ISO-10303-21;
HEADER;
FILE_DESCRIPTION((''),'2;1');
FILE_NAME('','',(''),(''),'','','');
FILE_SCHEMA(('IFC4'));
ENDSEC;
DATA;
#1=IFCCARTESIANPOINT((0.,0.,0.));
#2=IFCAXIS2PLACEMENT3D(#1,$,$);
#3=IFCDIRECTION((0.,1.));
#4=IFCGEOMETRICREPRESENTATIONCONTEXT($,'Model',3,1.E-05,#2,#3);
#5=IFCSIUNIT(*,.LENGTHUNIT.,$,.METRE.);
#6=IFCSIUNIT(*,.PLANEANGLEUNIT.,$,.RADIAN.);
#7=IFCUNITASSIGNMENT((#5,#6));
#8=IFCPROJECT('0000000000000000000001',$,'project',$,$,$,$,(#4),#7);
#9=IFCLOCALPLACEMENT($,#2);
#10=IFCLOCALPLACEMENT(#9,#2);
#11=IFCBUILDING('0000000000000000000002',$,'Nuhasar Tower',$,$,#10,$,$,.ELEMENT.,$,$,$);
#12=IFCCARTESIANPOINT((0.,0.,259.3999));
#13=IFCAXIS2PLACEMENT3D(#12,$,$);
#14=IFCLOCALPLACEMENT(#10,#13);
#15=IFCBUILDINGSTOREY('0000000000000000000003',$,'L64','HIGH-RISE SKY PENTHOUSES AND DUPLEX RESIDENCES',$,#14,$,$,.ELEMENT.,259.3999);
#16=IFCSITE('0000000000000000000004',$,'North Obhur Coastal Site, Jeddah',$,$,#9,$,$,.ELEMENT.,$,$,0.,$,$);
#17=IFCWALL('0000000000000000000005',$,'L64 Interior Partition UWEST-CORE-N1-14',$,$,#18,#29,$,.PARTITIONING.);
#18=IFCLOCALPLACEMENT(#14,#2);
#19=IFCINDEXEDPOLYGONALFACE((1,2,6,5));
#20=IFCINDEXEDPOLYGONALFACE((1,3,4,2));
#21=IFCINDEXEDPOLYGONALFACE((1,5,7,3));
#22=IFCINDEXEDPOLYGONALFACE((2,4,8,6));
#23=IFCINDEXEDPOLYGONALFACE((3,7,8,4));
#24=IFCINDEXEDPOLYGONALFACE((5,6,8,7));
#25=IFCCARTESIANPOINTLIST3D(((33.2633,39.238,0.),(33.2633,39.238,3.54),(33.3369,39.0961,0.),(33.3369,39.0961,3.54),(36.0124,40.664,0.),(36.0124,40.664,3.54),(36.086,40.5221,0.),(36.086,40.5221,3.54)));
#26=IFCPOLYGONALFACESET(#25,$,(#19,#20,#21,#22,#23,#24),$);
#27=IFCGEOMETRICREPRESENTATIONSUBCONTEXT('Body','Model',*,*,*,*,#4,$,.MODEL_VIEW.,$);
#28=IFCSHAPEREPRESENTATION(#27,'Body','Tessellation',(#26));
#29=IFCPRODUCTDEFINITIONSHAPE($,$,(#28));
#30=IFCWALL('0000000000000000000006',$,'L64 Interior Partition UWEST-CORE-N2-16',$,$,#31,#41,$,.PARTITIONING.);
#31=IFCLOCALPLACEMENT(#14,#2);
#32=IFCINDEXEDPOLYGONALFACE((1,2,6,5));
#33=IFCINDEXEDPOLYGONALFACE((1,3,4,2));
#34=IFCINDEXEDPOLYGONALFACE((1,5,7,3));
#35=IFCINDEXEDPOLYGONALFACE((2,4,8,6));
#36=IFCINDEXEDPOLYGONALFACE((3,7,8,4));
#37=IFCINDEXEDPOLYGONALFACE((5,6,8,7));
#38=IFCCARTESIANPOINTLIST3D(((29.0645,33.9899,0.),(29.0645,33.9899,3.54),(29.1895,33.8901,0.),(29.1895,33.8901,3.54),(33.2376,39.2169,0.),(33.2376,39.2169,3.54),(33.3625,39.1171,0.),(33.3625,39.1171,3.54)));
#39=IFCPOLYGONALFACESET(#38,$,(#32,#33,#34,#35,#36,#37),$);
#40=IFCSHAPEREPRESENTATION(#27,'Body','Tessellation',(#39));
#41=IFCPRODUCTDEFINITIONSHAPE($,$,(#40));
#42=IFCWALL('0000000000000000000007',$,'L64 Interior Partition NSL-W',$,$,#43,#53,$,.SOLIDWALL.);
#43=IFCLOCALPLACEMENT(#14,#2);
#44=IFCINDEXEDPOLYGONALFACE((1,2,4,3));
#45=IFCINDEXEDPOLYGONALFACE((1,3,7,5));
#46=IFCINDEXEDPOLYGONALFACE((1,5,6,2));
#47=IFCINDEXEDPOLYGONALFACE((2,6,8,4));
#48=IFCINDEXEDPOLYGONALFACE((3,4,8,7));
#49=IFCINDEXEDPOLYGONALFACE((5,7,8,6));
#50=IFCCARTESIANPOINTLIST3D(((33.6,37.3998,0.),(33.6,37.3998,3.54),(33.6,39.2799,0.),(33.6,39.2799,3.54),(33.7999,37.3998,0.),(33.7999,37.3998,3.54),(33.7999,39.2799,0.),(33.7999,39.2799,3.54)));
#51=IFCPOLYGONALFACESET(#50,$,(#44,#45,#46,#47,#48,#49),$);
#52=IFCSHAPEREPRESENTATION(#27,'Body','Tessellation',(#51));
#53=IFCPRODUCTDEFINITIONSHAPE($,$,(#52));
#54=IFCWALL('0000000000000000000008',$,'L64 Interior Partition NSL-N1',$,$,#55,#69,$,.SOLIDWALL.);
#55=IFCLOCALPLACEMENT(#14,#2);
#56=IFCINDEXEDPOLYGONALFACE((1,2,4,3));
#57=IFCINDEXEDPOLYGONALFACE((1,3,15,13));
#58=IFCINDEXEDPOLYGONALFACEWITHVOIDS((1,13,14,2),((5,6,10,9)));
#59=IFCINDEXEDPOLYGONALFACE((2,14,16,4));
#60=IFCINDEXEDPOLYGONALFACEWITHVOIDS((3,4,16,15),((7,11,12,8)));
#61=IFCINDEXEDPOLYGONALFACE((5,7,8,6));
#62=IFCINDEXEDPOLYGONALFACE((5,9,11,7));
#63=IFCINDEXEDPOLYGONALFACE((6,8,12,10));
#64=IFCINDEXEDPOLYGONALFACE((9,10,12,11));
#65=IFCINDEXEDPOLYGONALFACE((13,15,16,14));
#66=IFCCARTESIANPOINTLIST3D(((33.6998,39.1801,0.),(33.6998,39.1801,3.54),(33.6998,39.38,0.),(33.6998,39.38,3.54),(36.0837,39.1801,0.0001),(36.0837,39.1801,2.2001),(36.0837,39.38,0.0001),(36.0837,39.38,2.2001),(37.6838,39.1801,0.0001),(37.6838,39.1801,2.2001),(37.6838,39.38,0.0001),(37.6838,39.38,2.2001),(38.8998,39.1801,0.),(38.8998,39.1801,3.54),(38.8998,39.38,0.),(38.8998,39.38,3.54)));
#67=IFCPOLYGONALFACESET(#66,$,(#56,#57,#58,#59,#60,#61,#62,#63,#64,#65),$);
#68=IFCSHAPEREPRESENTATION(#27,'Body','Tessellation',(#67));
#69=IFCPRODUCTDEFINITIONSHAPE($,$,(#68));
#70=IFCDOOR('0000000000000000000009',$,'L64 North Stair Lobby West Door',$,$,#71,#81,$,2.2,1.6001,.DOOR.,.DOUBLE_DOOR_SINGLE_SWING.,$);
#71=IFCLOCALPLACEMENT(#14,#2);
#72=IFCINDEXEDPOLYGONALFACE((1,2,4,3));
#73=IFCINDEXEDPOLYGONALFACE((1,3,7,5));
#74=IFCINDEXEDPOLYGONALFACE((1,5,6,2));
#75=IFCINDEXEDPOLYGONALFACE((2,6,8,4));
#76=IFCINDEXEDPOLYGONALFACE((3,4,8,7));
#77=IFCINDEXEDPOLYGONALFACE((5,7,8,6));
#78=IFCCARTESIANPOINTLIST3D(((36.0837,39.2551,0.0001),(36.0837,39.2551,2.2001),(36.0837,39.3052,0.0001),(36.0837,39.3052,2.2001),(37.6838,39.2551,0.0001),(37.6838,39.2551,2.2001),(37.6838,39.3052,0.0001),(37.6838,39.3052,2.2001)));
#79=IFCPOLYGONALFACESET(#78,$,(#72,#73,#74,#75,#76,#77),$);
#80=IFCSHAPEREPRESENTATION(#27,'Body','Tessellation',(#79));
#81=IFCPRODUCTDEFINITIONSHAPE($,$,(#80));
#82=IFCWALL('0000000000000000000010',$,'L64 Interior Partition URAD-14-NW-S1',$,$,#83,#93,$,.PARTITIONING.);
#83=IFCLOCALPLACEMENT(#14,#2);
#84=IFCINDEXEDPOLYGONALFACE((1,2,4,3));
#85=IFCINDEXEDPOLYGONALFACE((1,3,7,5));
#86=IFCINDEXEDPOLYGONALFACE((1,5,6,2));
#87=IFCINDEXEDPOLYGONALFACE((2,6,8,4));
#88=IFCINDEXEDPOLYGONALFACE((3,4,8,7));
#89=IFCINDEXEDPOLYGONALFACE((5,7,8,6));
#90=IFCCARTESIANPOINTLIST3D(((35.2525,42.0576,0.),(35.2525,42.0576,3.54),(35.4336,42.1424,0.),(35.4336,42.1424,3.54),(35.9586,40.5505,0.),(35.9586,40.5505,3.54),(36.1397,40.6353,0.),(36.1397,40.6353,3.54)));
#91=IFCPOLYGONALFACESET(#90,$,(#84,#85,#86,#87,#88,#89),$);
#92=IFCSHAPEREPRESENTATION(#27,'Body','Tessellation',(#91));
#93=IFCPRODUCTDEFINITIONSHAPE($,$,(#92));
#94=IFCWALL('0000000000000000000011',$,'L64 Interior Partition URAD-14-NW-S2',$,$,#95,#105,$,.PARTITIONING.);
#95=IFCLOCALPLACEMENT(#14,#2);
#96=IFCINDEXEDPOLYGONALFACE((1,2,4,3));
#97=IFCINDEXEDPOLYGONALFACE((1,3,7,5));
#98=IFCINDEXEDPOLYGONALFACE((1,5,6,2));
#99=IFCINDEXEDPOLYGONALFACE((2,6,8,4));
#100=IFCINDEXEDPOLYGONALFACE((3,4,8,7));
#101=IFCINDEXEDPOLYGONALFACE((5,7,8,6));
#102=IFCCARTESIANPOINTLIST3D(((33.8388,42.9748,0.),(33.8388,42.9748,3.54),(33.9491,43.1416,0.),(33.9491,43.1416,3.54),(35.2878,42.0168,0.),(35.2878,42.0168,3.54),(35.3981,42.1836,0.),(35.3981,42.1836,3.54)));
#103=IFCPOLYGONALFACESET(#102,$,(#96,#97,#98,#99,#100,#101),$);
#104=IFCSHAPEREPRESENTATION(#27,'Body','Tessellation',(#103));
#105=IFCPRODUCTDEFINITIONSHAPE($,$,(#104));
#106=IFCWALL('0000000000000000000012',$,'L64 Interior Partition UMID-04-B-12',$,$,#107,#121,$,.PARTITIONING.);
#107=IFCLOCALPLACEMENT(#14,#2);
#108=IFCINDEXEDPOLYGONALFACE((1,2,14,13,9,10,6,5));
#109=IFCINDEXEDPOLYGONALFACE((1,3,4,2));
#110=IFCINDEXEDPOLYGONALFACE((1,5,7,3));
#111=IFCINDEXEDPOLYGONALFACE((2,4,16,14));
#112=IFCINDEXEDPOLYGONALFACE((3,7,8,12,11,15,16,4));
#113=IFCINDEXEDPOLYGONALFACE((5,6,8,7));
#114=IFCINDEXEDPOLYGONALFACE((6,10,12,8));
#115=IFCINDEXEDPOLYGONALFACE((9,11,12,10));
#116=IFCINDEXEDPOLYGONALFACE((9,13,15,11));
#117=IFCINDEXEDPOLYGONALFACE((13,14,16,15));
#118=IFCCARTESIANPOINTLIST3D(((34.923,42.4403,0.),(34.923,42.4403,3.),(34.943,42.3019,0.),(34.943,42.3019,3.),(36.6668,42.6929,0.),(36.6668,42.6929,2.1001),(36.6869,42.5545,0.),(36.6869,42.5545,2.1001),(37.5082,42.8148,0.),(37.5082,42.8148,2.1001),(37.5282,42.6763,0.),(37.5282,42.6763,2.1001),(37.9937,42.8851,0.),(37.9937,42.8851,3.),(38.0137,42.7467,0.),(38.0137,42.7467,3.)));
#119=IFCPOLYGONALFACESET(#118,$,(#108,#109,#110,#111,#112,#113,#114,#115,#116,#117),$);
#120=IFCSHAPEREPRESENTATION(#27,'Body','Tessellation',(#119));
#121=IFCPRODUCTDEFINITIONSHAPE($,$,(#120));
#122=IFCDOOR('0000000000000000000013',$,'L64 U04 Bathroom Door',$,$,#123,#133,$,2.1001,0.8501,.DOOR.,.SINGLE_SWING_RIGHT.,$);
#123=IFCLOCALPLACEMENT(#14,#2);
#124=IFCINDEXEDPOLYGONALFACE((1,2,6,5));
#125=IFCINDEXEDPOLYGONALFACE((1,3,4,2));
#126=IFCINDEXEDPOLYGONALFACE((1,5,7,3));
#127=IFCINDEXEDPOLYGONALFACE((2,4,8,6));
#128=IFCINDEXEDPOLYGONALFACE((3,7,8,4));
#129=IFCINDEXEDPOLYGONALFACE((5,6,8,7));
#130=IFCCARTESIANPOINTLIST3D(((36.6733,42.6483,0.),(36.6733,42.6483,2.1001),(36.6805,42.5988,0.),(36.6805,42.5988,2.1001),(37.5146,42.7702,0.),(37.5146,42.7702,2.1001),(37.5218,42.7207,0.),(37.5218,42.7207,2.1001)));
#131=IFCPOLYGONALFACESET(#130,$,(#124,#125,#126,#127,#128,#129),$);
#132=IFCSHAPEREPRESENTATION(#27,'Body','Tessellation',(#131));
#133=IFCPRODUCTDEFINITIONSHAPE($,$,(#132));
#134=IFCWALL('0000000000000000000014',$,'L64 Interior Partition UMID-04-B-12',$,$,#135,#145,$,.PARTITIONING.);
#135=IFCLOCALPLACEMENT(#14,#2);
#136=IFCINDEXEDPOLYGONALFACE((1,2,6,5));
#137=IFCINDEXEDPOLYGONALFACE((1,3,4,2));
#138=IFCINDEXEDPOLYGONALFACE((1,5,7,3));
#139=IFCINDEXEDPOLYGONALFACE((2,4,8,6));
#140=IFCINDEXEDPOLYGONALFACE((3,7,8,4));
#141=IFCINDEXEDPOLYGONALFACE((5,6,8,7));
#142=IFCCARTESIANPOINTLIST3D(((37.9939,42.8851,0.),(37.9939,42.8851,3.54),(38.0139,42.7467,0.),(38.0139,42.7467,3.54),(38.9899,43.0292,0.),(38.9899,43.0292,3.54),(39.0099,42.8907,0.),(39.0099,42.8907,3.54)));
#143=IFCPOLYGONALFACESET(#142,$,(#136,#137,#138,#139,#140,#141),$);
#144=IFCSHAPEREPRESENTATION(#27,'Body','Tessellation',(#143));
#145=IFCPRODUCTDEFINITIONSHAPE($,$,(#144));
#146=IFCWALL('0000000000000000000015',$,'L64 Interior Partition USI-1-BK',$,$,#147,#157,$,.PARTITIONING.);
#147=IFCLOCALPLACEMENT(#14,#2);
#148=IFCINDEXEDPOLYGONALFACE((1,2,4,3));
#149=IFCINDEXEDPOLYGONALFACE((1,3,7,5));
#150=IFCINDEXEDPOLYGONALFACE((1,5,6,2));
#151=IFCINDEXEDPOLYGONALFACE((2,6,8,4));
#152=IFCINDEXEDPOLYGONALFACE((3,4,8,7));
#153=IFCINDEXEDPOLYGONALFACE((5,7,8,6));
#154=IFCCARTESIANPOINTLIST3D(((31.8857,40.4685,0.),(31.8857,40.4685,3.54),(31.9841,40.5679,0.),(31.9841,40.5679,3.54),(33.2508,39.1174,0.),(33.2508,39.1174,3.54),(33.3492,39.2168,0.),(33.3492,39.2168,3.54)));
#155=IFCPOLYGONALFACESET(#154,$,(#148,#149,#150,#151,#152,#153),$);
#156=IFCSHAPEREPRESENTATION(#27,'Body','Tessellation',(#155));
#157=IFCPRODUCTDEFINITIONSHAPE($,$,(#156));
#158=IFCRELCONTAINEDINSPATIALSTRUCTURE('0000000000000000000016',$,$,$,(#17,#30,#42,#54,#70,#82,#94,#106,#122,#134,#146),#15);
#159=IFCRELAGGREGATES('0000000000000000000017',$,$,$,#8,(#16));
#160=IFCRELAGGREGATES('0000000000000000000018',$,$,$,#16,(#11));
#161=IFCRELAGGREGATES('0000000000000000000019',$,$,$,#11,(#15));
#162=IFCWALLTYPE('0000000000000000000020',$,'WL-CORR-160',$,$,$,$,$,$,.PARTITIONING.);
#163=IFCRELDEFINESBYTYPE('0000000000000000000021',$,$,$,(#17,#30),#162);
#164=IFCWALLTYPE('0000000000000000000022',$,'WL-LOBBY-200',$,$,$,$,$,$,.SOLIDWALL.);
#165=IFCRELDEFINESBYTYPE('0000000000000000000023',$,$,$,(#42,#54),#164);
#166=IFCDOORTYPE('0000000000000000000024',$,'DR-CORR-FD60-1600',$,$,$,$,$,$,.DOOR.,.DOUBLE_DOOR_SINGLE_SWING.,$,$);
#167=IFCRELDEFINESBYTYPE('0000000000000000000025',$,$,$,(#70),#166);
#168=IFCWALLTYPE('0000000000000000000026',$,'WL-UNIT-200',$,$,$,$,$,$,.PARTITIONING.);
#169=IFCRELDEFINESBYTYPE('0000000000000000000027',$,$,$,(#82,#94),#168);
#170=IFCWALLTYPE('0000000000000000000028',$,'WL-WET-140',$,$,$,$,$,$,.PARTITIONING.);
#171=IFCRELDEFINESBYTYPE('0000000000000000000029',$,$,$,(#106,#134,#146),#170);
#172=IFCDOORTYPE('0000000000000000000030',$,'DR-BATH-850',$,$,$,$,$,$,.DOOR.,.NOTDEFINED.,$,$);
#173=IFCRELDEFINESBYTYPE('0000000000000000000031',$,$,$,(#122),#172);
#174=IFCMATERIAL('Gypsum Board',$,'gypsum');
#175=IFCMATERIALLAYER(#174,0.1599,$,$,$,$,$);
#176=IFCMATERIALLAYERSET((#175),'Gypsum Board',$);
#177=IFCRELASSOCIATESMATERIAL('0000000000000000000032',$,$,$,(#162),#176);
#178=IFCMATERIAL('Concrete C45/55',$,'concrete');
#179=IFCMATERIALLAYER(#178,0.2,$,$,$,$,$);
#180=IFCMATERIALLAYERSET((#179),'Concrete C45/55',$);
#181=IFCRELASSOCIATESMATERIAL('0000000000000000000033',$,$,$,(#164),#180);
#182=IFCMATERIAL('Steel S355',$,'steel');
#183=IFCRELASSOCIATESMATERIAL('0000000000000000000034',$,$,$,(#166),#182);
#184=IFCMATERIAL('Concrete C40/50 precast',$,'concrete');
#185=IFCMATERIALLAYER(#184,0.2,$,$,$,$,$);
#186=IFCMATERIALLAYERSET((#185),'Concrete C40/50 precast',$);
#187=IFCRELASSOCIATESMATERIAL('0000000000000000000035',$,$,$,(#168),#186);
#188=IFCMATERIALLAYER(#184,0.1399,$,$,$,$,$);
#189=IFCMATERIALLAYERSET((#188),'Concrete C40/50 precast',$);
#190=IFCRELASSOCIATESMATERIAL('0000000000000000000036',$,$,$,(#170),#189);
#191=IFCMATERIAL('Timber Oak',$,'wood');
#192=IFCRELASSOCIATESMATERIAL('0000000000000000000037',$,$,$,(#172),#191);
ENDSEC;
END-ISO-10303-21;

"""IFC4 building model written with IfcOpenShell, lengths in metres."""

from ifc_helpers import new_model, si_unit, direction, frame, frame_2d, origin, place, context, subcontext, project, spatial, rectangle, extrude, material, layer, layer_set, type_object, element, fill, save


model = new_model("IFC4")

# Units and contexts
model_context = context("Model", 3, precision=1e-05, world=origin(), true_north=direction((0.0, 1.0)))
body_context = subcontext(model_context, "Body", "Model", "MODEL_VIEW")
ifc_project = project(units=[si_unit("LENGTHUNIT", "METRE"), si_unit("PLANEANGLEUNIT", "RADIAN")], contexts=[model_context])

# Site, building, storey
site_placement = place(None, origin())
site = spatial("IfcSite", under=ifc_project, at=site_placement, Name="North Obhur Coastal Site, Jeddah", CompositionType="ELEMENT", RefElevation=0.0)
building_placement = place(site_placement, origin())
building = spatial("IfcBuilding", under=site, at=building_placement, Name="Nuhasar Tower", CompositionType="ELEMENT")
storey_placement = place(building_placement, frame((0.0, 0.0, 259.3999)))
storey = spatial("IfcBuildingStorey", under=building, at=storey_placement, Name="L64", Description="HIGH-RISE SKY PENTHOUSES AND DUPLEX RESIDENCES", CompositionType="ELEMENT", Elevation=259.3999)

# Shared definitions
ifc_material_1 = material(Name="Steel S355", Category="steel")

# Walls
ifc_material_2 = material(Name="Gypsum Board", Category="gypsum")
ifc_layer_1 = layer(ifc_material_2, 0.1599)
ifc_layer_set_1 = layer_set([ifc_layer_1], Name="Gypsum Board")
wall_type_1 = type_object("IfcWallType", Name="WL-CORR-160", PredefinedType="PARTITIONING", material=ifc_layer_set_1)
wall_1_placement = place(storey_placement, frame((36.0491, 40.593, 0.0), z_axis=(0.0, 0.0, 1.0), x_axis=(-0.887675, -0.460471, 0.0)))
element("IfcWall", 1, at=wall_1_placement, inside=storey, type_object=wall_type_1, Name="L64 Interior Partition UWEST-CORE-N1-14", PredefinedType="PARTITIONING", context=body_context, shape_type="SweptSolid", body=[
    extrude(rectangle(XDim=3.0969, YDim=0.1599, at=frame_2d((1.5483, 0.0))), origin(), (0.0, 0.0, 1.0), 3.54),
])
wall_2_placement = place(storey_placement, frame((33.3, 39.167, 0.0), z_axis=(0.0, 0.0, 1.0), x_axis=(-0.623916, -0.781492, 0.0)))
element("IfcWall", 2, at=wall_2_placement, inside=storey, type_object=wall_type_1, Name="L64 Interior Partition UWEST-CORE-N2-16", PredefinedType="PARTITIONING", context=body_context, shape_type="SweptSolid", body=[
    extrude(rectangle(XDim=6.6885, YDim=0.1599, at=frame_2d((3.3442, 0.0))), origin(), (0.0, 0.0, 1.0), 3.54),
])
ifc_material_3 = material(Name="Concrete C45/55", Category="concrete")
ifc_layer_2 = layer(ifc_material_3, 0.2)
ifc_layer_set_2 = layer_set([ifc_layer_2], Name="Concrete C45/55")
wall_type_2 = type_object("IfcWallType", Name="WL-LOBBY-200", PredefinedType="SOLIDWALL", material=ifc_layer_set_2)
wall_3_placement = place(storey_placement, frame((33.7, 37.3999, 0.0), z_axis=(0.0, 0.0, 1.0), x_axis=(0.0, 1.0, 0.0)))
element("IfcWall", 3, at=wall_3_placement, inside=storey, type_object=wall_type_2, Name="L64 Interior Partition NSL-W", PredefinedType="SOLIDWALL", context=body_context, shape_type="SweptSolid", body=[
    extrude(rectangle(XDim=1.8801, YDim=0.2, at=frame_2d((0.9399, 0.0))), origin(), (0.0, 0.0, 1.0), 3.54),
])

# Wall, opening, door
wall_4_placement = place(storey_placement, frame((38.8999, 39.28, 0.0), z_axis=(0.0, 0.0, 1.0), x_axis=(-1.0, 0.0, 0.0)))
wall_4 = element("IfcWall", 4, at=wall_4_placement, inside=storey, type_object=wall_type_2, Name="L64 Interior Partition NSL-N1", PredefinedType="SOLIDWALL", context=body_context, shape_type="SweptSolid", body=[
    extrude(rectangle(XDim=5.2, YDim=0.2, at=frame_2d((2.6001, 0.0))), origin(), (0.0, 0.0, 1.0), 3.54),
])
opening_1_placement = place(wall_4_placement, frame((1.2161, 0.0, 0.0)))
opening_1 = element("IfcOpeningElement", 5, at=opening_1_placement, cuts=wall_4, PredefinedType="OPENING", context=body_context, shape_type="SweptSolid", body=[
    extrude(rectangle(XDim=1.6001, YDim=2.2, at=frame_2d((0.8, 1.1001))), frame((0.0, 0.1099, 0.0), z_axis=(0.0, -1.0, 0.0), x_axis=(1.0, 0.0, 0.0)), (0.0, 0.0, 1.0), 0.22),
])
door_type_1 = type_object("IfcDoorType", Name="DR-CORR-FD60-1600", OperationType="DOUBLE_DOOR_SINGLE_SWING", PredefinedType="DOOR", material=ifc_material_1)
door_1_placement = place(opening_1_placement, origin())
door_1 = element("IfcDoor", 6, at=door_1_placement, inside=storey, type_object=door_type_1, Name="L64 North Stair Lobby West Door", OperationType="DOUBLE_DOOR_SINGLE_SWING", OverallHeight=2.2, OverallWidth=1.6001, PredefinedType="DOOR", context=body_context, shape_type="SweptSolid", body=[
    extrude(rectangle(XDim=1.6001, YDim=2.2, at=frame_2d((0.8, 1.1001))), frame((0.0, 0.0249, 0.0), z_axis=(0.0, -1.0, 0.0), x_axis=(1.0, 0.0, 0.0)), (0.0, 0.0, 1.0), 0.05),
])
fill(opening_1, door_1)

# Walls
ifc_material_4 = material(Name="Concrete C40/50 precast", Category="concrete")
ifc_layer_3 = layer(ifc_material_4, 0.2)
ifc_layer_set_3 = layer_set([ifc_layer_3], Name="Concrete C40/50 precast")
wall_type_3 = type_object("IfcWallType", Name="WL-UNIT-200", PredefinedType="PARTITIONING", material=ifc_layer_set_3)
wall_5_placement = place(storey_placement, frame((36.0491, 40.593, 0.0), z_axis=(0.0, 0.0, 1.0), x_axis=(-0.424242, 0.905549, 0.0)))
element("IfcWall", 7, at=wall_5_placement, inside=storey, type_object=wall_type_3, Name="L64 Interior Partition URAD-14-NW-S1", PredefinedType="PARTITIONING", context=body_context, shape_type="SweptSolid", body=[
    extrude(rectangle(XDim=1.6643, YDim=0.2, at=frame_2d((0.832, 0.0))), origin(), (0.0, 0.0, 1.0), 3.54),
])
wall_6_placement = place(storey_placement, frame((35.343, 42.1001, 0.0), z_axis=(0.0, 0.0, 1.0), x_axis=(-0.834163, 0.551518, 0.0)))
element("IfcWall", 8, at=wall_6_placement, inside=storey, type_object=wall_type_3, Name="L64 Interior Partition URAD-14-NW-S2", PredefinedType="PARTITIONING", context=body_context, shape_type="SweptSolid", body=[
    extrude(rectangle(XDim=1.7371, YDim=0.2, at=frame_2d((0.8687, 0.0))), origin(), (0.0, 0.0, 1.0), 3.54),
])

# Wall, opening, door
ifc_layer_4 = layer(ifc_material_4, 0.1399)
ifc_layer_set_4 = layer_set([ifc_layer_4], Name="Concrete C40/50 precast")
wall_type_4 = type_object("IfcWallType", Name="WL-WET-140", PredefinedType="PARTITIONING", material=ifc_layer_set_4)
wall_7_placement = place(storey_placement, frame((34.9331, 42.3711, 0.0), z_axis=(0.0, 0.0, 1.0), x_axis=(0.989671, 0.14336, 0.0)))
wall_7 = element("IfcWall", 9, at=wall_7_placement, inside=storey, type_object=wall_type_4, Name="L64 Interior Partition UMID-04-B-12", PredefinedType="PARTITIONING", context=body_context, shape_type="SweptSolid", body=[
    extrude(rectangle(XDim=3.1028, YDim=0.1399, at=frame_2d((1.5513, 0.0))), origin(), (0.0, 0.0, 1.0), 3.0),
])
opening_2_placement = place(wall_7_placement, frame((1.762, 0.0, 0.0)))
opening_2 = element("IfcOpeningElement", 10, at=opening_2_placement, cuts=wall_7, PredefinedType="OPENING", context=body_context, shape_type="SweptSolid", body=[
    extrude(rectangle(XDim=0.8501, YDim=2.1001, at=frame_2d((0.425, 1.05))), frame((0.0, 0.0801, 0.0), z_axis=(0.0, -1.0, 0.0), x_axis=(1.0, 0.0, 0.0)), (0.0, 0.0, 1.0), 0.1599),
])
ifc_material_5 = material(Name="Timber Oak", Category="wood")
door_type_2 = type_object("IfcDoorType", Name="DR-BATH-850", OperationType="NOTDEFINED", PredefinedType="DOOR", material=ifc_material_5)
door_2_placement = place(opening_2_placement, origin())
door_2 = element("IfcDoor", 11, at=door_2_placement, inside=storey, type_object=door_type_2, Name="L64 U04 Bathroom Door", OperationType="SINGLE_SWING_RIGHT", OverallHeight=2.1001, OverallWidth=0.8501, PredefinedType="DOOR", context=body_context, shape_type="SweptSolid", body=[
    extrude(rectangle(XDim=0.8501, YDim=2.1001, at=frame_2d((0.425, 1.05))), frame((0.0, 0.0249, 0.0), z_axis=(0.0, -1.0, 0.0), x_axis=(1.0, 0.0, 0.0)), (0.0, 0.0, 1.0), 0.05),
])
fill(opening_2, door_2)

# Walls
wall_8_placement = place(storey_placement, frame((38.0039, 42.8159, 0.0), z_axis=(0.0, 0.0, 1.0), x_axis=(0.989705, 0.143119, 0.0)))
element("IfcWall", 12, at=wall_8_placement, inside=storey, type_object=wall_type_4, Name="L64 Interior Partition UMID-04-B-12", PredefinedType="PARTITIONING", context=body_context, shape_type="SweptSolid", body=[
    extrude(rectangle(XDim=1.0063, YDim=0.1399, at=frame_2d((0.5032, 0.0))), origin(), (0.0, 0.0, 1.0), 3.54),
])
wall_9_placement = place(storey_placement, frame((33.3, 39.167, 0.0), z_axis=(0.0, 0.0, 1.0), x_axis=(-0.71072, 0.703475, 0.0)))
element("IfcWall", 13, at=wall_9_placement, inside=storey, type_object=wall_type_4, Name="L64 Interior Partition USI-1-BK", PredefinedType="PARTITIONING", context=body_context, shape_type="SweptSolid", body=[
    extrude(rectangle(XDim=1.9207, YDim=0.1399, at=frame_2d((0.9604, 0.0))), origin(), (0.0, 0.0, 1.0), 3.54),
])

save(model, "model.ifc")
